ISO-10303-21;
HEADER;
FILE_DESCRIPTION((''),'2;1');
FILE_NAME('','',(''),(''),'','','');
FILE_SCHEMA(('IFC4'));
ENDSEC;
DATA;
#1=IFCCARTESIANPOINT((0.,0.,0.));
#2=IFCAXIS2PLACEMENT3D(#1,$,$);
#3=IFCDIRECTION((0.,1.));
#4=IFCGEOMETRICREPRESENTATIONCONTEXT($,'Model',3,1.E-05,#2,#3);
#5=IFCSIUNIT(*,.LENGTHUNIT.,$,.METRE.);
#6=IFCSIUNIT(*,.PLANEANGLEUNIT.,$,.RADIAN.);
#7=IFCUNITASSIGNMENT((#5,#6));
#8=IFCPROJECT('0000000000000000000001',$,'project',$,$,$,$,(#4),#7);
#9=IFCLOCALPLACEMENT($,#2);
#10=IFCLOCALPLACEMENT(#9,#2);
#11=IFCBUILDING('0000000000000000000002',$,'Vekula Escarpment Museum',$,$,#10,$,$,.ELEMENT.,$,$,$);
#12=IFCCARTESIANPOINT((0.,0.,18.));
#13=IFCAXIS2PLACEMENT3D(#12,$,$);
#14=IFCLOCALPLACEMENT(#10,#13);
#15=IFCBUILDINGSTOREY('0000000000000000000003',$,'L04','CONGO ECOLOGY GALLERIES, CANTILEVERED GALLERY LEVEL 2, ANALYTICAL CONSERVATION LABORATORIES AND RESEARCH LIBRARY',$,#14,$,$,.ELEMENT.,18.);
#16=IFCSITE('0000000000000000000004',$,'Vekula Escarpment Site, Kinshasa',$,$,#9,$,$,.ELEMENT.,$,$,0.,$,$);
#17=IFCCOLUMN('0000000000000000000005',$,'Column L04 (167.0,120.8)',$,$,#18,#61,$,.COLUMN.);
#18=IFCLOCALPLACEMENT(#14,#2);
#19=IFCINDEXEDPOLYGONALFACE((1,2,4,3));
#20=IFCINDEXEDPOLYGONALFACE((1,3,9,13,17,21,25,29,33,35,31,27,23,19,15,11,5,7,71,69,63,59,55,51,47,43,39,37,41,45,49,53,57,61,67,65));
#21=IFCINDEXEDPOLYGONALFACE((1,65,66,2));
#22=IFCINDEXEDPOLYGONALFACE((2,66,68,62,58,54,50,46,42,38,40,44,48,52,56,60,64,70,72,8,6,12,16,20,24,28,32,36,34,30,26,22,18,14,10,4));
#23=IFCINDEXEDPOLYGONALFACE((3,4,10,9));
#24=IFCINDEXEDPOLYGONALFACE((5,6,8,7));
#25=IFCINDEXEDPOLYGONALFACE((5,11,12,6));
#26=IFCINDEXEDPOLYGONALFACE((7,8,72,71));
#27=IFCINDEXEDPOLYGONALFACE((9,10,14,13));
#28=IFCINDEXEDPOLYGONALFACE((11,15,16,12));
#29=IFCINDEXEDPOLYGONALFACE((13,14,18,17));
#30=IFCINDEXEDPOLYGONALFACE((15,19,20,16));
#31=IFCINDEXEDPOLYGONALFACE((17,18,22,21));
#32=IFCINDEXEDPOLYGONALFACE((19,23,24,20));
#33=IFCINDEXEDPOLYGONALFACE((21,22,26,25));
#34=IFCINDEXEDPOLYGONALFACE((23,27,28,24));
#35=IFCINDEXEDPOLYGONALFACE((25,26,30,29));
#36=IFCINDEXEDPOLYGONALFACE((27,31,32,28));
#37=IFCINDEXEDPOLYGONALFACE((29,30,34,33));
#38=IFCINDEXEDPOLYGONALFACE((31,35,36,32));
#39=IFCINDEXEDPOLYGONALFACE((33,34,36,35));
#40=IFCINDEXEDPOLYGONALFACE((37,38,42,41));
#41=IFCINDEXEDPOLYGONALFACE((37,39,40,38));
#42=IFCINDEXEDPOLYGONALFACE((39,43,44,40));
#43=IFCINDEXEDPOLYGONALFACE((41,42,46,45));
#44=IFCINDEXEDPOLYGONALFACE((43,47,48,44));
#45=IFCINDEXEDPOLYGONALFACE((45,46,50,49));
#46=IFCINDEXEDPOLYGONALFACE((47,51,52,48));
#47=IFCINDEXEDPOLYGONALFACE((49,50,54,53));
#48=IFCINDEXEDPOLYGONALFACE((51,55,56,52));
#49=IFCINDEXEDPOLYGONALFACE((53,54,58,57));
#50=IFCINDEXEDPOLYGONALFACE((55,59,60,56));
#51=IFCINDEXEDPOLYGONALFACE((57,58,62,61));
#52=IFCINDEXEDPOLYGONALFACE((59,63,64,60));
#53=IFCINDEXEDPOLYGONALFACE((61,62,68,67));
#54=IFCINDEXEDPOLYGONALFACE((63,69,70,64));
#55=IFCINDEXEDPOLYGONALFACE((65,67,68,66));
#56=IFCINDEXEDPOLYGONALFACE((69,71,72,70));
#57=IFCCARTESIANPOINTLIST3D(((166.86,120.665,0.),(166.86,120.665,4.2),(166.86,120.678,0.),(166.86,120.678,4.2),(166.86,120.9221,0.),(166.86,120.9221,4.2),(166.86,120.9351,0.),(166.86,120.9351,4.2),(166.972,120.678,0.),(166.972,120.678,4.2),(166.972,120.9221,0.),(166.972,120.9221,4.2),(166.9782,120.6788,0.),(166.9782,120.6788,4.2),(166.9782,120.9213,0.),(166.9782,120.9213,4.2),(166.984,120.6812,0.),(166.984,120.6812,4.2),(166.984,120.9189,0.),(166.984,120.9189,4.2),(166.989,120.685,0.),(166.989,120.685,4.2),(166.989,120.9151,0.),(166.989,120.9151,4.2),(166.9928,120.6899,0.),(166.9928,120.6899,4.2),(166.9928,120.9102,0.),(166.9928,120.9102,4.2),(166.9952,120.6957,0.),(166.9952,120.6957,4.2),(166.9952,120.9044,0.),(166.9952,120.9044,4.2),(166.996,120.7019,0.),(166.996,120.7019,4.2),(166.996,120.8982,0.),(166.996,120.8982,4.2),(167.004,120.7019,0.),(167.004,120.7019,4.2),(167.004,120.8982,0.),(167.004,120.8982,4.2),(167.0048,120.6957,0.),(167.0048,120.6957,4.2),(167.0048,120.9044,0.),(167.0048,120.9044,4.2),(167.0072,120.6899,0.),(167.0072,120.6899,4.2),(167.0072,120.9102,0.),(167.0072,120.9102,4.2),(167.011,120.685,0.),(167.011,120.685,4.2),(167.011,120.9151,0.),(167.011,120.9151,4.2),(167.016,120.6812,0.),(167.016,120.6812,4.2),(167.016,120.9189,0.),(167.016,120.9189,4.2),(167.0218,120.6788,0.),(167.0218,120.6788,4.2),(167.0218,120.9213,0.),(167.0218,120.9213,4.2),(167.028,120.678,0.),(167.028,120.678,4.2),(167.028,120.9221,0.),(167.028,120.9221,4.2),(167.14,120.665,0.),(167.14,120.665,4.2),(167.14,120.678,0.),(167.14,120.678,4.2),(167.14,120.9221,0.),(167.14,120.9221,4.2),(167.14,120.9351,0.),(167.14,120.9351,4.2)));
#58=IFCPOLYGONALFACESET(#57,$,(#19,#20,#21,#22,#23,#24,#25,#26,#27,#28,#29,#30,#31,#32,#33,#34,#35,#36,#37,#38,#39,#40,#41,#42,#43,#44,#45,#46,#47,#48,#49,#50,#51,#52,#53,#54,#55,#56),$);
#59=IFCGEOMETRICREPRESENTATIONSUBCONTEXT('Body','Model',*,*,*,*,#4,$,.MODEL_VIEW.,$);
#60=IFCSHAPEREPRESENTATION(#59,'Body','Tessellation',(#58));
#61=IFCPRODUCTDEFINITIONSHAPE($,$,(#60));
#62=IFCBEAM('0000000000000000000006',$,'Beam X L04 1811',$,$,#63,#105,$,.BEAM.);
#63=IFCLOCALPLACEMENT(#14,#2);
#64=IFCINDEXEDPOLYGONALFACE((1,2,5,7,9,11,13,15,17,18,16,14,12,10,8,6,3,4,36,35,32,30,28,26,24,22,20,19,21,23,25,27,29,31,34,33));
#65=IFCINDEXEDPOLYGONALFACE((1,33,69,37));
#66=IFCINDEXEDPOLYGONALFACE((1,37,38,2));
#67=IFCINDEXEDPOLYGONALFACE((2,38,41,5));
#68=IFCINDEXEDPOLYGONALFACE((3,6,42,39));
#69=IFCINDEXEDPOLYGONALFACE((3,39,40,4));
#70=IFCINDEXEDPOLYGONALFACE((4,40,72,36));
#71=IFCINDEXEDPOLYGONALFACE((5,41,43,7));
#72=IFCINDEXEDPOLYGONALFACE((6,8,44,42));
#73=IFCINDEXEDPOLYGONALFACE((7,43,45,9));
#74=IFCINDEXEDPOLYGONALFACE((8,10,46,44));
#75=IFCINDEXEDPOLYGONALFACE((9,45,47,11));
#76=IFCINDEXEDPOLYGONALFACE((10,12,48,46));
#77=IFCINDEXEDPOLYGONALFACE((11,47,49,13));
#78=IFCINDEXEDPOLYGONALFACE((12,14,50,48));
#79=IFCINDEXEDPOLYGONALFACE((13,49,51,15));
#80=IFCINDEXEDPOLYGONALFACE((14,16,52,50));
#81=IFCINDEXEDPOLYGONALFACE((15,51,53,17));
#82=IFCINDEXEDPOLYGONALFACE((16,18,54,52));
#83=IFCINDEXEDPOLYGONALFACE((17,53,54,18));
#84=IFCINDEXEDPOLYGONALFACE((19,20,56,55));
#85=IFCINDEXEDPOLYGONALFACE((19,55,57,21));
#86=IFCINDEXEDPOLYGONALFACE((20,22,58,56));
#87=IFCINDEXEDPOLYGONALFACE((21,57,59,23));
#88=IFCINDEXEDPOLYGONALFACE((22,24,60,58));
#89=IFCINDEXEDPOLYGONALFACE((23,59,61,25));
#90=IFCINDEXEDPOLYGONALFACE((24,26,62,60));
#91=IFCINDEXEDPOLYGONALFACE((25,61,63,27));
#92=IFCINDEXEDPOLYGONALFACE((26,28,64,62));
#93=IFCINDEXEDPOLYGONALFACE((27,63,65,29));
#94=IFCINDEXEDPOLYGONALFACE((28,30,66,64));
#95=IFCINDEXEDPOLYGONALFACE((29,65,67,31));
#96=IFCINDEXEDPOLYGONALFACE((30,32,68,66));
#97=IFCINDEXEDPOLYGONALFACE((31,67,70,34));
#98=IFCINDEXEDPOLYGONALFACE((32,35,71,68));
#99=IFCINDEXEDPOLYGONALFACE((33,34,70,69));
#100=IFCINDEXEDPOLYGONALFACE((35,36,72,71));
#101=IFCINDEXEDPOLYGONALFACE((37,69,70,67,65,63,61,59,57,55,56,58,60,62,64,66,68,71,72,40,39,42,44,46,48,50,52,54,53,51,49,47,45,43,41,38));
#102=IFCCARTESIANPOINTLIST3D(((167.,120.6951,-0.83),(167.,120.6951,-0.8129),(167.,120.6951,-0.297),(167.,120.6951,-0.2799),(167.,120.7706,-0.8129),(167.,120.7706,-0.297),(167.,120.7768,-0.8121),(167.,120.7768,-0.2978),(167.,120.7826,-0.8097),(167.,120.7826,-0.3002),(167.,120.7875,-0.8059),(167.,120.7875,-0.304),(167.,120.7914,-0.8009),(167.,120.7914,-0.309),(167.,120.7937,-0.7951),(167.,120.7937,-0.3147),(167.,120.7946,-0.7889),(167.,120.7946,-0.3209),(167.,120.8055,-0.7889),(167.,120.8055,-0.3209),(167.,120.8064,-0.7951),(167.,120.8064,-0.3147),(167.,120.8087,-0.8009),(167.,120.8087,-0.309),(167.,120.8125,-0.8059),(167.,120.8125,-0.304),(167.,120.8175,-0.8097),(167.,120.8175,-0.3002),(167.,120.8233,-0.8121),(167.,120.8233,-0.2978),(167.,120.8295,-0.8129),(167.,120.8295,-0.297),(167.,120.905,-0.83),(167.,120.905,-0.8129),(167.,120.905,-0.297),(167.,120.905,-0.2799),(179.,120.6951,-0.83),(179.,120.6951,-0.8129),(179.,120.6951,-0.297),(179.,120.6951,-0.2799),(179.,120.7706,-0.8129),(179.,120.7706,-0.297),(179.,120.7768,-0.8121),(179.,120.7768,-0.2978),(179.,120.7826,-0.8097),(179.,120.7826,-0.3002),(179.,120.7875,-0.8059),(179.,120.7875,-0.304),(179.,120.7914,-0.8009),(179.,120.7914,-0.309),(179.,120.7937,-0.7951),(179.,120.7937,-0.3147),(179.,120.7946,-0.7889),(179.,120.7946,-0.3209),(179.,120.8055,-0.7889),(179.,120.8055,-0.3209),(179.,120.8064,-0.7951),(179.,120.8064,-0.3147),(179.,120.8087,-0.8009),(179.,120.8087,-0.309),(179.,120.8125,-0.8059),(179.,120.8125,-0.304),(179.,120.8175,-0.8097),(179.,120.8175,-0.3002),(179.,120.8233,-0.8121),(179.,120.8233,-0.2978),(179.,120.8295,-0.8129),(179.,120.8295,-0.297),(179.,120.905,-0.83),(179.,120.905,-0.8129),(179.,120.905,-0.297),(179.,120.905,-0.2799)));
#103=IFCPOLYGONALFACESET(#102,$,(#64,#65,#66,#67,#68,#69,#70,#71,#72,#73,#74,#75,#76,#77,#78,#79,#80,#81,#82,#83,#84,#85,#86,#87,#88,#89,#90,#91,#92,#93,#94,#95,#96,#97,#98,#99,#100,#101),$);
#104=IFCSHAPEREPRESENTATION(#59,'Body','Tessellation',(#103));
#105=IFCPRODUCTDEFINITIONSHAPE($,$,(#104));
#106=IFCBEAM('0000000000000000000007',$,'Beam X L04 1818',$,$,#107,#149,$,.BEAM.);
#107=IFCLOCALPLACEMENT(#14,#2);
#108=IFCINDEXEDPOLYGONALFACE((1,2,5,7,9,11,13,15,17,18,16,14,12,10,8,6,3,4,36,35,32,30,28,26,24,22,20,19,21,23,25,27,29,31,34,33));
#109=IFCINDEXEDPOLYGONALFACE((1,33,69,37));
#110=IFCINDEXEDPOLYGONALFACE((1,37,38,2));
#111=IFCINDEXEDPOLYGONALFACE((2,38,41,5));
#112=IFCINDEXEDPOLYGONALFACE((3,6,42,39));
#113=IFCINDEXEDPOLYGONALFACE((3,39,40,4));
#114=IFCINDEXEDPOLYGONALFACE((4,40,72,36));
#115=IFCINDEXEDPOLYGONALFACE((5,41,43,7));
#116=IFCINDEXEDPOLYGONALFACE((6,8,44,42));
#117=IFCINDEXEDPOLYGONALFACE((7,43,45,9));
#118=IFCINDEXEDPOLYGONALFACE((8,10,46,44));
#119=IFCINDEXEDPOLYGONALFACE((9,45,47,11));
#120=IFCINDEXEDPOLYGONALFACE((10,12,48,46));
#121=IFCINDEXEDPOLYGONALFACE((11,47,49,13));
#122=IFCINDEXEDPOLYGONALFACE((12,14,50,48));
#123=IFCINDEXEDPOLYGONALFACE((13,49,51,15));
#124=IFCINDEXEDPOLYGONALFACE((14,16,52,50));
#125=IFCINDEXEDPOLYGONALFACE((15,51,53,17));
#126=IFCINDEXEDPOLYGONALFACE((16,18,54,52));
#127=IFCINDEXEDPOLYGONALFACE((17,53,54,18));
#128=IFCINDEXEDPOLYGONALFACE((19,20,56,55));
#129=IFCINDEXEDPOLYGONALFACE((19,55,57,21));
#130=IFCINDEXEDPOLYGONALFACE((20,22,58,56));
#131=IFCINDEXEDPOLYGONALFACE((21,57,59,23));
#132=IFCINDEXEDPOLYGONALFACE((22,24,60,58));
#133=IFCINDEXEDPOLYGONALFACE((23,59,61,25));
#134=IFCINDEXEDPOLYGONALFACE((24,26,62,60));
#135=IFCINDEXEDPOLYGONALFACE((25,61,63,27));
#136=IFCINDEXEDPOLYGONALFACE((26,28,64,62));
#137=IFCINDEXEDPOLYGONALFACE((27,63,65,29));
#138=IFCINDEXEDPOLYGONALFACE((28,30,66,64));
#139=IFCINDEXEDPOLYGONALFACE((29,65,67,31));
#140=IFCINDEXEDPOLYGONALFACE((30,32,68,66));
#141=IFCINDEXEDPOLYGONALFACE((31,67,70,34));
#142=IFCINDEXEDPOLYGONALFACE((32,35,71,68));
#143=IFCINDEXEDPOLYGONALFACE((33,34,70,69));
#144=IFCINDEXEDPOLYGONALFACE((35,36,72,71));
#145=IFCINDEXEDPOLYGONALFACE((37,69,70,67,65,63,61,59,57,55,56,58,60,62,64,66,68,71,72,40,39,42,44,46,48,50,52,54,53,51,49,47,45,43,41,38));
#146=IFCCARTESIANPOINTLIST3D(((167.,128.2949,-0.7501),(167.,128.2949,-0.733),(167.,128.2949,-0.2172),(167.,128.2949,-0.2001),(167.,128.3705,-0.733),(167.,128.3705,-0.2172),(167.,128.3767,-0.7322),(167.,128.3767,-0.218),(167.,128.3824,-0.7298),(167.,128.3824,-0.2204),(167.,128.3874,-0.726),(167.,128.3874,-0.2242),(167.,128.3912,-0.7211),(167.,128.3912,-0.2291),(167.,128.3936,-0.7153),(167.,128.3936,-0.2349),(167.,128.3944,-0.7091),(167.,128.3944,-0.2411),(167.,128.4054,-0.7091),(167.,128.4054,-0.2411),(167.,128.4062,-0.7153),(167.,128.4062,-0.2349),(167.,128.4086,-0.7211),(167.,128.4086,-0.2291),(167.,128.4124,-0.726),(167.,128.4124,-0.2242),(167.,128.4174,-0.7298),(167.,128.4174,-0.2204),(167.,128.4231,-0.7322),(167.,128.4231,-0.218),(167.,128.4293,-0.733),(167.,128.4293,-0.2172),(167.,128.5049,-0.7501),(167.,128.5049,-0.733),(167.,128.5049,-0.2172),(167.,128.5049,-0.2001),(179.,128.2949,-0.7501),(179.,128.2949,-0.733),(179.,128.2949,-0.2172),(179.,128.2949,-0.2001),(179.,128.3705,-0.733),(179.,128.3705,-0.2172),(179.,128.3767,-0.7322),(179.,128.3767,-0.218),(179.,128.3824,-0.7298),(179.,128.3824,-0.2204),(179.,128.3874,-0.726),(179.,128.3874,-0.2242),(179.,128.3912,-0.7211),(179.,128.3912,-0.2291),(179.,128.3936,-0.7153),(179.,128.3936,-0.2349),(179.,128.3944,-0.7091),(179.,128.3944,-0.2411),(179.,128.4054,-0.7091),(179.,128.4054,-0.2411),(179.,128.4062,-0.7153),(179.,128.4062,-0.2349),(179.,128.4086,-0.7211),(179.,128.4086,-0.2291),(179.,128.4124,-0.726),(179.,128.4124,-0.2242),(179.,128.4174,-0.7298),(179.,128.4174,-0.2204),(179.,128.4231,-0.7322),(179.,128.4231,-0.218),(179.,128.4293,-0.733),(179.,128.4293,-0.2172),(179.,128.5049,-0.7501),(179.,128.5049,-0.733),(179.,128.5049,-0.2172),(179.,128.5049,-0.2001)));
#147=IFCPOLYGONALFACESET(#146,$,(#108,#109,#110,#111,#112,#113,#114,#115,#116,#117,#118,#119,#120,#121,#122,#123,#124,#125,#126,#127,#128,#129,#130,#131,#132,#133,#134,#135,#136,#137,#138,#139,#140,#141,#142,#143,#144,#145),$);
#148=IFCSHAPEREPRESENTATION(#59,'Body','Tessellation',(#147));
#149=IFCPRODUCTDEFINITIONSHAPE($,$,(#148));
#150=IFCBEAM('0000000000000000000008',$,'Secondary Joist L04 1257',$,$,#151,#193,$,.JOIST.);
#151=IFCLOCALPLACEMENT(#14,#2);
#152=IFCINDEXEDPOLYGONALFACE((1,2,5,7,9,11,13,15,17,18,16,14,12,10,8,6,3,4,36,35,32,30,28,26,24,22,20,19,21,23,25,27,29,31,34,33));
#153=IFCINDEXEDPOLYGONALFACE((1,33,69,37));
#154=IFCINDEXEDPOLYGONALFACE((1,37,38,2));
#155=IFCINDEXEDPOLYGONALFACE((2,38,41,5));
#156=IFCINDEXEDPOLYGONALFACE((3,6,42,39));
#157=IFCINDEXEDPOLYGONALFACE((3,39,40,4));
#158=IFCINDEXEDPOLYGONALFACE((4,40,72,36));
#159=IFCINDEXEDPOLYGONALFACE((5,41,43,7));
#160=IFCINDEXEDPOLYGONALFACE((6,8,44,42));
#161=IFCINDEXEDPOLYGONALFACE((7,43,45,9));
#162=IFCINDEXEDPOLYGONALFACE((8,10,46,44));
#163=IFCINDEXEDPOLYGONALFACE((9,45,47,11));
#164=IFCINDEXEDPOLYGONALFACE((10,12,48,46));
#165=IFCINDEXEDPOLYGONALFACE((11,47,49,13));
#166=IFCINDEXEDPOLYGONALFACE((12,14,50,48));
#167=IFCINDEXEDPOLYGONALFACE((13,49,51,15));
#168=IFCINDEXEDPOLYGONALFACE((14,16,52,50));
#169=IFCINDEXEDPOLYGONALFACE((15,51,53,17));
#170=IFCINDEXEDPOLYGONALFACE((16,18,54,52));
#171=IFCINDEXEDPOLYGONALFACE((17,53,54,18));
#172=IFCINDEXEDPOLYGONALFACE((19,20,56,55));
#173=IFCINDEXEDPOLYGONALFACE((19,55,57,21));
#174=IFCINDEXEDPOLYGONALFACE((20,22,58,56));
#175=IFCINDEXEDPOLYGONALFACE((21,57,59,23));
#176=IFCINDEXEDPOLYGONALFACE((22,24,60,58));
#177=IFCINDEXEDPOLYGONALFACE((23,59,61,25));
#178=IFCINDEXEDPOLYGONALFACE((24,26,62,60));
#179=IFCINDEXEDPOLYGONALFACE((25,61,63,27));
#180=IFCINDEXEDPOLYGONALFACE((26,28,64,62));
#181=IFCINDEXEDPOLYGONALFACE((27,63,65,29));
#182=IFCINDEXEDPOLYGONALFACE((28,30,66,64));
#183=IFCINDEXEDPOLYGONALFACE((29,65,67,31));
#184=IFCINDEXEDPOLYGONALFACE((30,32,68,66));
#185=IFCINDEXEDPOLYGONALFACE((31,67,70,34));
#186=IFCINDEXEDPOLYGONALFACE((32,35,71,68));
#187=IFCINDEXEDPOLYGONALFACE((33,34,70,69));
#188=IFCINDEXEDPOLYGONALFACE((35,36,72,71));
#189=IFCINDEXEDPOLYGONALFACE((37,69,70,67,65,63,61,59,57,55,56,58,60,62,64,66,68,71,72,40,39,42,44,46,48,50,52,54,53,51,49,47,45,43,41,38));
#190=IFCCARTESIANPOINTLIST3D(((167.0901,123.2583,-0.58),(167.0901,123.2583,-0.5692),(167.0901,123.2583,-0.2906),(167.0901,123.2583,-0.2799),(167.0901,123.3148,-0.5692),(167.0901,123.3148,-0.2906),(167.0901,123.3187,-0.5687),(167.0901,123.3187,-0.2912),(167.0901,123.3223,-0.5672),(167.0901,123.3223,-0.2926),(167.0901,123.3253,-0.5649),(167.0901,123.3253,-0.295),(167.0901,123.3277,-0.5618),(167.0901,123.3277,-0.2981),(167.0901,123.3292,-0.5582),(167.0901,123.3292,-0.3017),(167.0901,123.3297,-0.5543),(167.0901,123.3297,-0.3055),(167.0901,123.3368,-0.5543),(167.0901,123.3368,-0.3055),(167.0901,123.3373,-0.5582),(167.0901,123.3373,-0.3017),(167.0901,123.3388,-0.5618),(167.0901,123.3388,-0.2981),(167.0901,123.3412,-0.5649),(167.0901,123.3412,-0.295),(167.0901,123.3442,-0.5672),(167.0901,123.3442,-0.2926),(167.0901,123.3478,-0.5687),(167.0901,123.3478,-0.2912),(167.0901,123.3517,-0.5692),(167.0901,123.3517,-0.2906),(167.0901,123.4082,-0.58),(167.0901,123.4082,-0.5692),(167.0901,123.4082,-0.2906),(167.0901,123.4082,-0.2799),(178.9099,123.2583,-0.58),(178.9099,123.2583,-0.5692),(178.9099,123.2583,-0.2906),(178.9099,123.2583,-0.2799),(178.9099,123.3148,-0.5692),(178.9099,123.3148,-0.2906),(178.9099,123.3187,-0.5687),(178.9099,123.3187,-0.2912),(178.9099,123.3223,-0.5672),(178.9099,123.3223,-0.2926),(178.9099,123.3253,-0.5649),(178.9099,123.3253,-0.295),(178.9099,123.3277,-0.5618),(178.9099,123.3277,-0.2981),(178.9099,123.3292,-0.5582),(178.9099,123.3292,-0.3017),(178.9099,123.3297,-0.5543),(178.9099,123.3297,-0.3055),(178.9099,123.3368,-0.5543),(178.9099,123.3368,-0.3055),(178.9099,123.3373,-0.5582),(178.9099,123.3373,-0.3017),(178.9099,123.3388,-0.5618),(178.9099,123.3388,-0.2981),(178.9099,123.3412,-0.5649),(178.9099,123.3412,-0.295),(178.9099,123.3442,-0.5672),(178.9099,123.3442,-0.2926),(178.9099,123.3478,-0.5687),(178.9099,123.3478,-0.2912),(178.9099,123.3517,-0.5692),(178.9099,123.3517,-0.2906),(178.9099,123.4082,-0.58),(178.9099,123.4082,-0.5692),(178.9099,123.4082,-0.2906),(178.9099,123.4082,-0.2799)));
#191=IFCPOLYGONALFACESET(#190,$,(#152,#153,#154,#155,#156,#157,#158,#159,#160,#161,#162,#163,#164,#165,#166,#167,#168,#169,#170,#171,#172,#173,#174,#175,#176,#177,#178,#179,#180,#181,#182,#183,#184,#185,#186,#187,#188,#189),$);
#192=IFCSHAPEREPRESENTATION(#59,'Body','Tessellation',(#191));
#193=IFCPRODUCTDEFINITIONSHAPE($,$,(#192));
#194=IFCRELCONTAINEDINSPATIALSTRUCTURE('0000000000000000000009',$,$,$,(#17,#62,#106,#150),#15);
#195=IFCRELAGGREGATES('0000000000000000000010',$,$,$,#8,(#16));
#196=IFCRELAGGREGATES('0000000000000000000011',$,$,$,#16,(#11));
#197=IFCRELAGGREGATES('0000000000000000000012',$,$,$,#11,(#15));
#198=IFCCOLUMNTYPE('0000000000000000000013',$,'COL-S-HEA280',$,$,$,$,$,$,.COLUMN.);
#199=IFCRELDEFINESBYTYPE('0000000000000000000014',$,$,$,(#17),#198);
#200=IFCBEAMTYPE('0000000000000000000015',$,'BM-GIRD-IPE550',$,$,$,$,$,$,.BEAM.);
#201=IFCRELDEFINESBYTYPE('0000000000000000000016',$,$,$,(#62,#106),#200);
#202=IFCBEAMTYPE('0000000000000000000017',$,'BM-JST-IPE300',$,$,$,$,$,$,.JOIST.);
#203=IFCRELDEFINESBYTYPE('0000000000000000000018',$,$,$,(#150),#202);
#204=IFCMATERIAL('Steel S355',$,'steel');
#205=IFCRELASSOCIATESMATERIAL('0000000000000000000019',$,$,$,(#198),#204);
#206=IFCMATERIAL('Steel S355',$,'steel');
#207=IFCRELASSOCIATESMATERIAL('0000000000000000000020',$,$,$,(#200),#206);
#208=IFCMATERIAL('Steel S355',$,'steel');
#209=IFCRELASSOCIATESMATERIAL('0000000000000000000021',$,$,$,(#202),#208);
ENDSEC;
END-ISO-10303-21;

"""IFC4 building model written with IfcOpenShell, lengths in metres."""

from ifc_helpers import new_model, si_unit, direction, frame, origin, origin_2d, place, context, subcontext, project, spatial, i_section, extrude, material, material_profile, profile_set, type_object, element, save


model = new_model("IFC4")

# Units and contexts
model_context = context("Model", 3, precision=1e-05, world=origin(), true_north=direction((0.0, 1.0)))
body_context = subcontext(model_context, "Body", "Model", "MODEL_VIEW")
ifc_project = project(units=[si_unit("LENGTHUNIT", "METRE"), si_unit("PLANEANGLEUNIT", "RADIAN")], contexts=[model_context])

# Site, building, storey
site_placement = place(None, origin())
site = spatial("IfcSite", under=ifc_project, at=site_placement, Name="Vekula Escarpment Site, Kinshasa", CompositionType="ELEMENT", RefElevation=0.0)
building_placement = place(site_placement, origin())
building = spatial("IfcBuilding", under=site, at=building_placement, Name="Vekula Escarpment Museum", CompositionType="ELEMENT")
storey_placement = place(building_placement, frame((0.0, 0.0, 18.0)))
storey = spatial("IfcBuildingStorey", under=building, at=storey_placement, Name="L04", Description="CONGO ECOLOGY GALLERIES, CANTILEVERED GALLERY LEVEL 2, ANALYTICAL CONSERVATION LABORATORIES AND RESEARCH LIBRARY", CompositionType="ELEMENT", Elevation=18.0)

# Column
ifc_material_1 = material(Name="Steel S355", Category="steel")
ifc_material_profile_1 = material_profile(ifc_material_1, i_section(OverallWidth=0.28, OverallDepth=0.27, WebThickness=0.0081, FlangeThickness=0.0129, FilletRadius=0.0239, at=origin_2d()), Name="HEA 280")
ifc_profile_set_1 = profile_set([ifc_material_profile_1], Name="Steel S355")
column_type = type_object("IfcColumnType", Name="COL-S-HEA280", PredefinedType="COLUMN", material=ifc_profile_set_1)
column_placement = place(storey_placement, frame((167.0, 120.8, 0.0), z_axis=(0.0, 0.0, 1.0), x_axis=(1.0, 0.0, 0.0)))
element("IfcColumn", 1, at=column_placement, inside=storey, type_object=column_type, Name="Column L04 (167.0,120.8)", PredefinedType="COLUMN", context=body_context, shape_type="SweptSolid", body=[
    extrude(i_section(OverallWidth=0.28, OverallDepth=0.27, WebThickness=0.0081, FlangeThickness=0.0129, FilletRadius=0.0239, at=origin_2d()), origin(), (0.0, 0.0, 1.0), 4.2),
])

# Beams
ifc_material_2 = material(Name="Steel S355", Category="steel")
ifc_material_profile_2 = material_profile(ifc_material_2, i_section(OverallWidth=0.21, OverallDepth=0.55, WebThickness=0.011, FlangeThickness=0.0171, FilletRadius=0.0239, at=origin_2d()), Name="IPE 550")
ifc_profile_set_2 = profile_set([ifc_material_profile_2], Name="Steel S355")
beam_type_1 = type_object("IfcBeamType", Name="BM-GIRD-IPE550", PredefinedType="BEAM", material=ifc_profile_set_2)
for number, where, z_axis, x_axis, name in (
    (2, (167.0, 120.8, -0.5549), (1.0, 0.0, 0.0), (0.0, 1.0, 0.0), "Beam X L04 1811"),
    (3, (167.0, 128.3999, -0.4751), (1.0, 0.0, 0.0), (0.0, 1.0, 0.0), "Beam X L04 1818"),
):
    element("IfcBeam", number, at=place(storey_placement, frame(where, z_axis=z_axis, x_axis=x_axis)), inside=storey, type_object=beam_type_1, Name=name, PredefinedType="BEAM", context=body_context, shape_type="SweptSolid", body=[
        extrude(i_section(OverallWidth=0.21, OverallDepth=0.55, WebThickness=0.011, FlangeThickness=0.0171, FilletRadius=0.0239, at=origin_2d()), origin(), (0.0, 0.0, 1.0), 12.0),
    ])
ifc_material_3 = material(Name="Steel S355", Category="steel")
ifc_material_profile_3 = material_profile(ifc_material_3, i_section(OverallWidth=0.1499, OverallDepth=0.3, WebThickness=0.0071, FlangeThickness=0.0107, FilletRadius=0.0149, at=origin_2d()), Name="IPE 300")
ifc_profile_set_3 = profile_set([ifc_material_profile_3], Name="Steel S355")
beam_type_2 = type_object("IfcBeamType", Name="BM-JST-IPE300", PredefinedType="JOIST", material=ifc_profile_set_3)
for number, where, z_axis, x_axis, name in (
    (4, (167.0901, 123.3333, -0.4299), (1.0, 0.0, 0.0), (0.0, 1.0, 0.0), "Secondary Joist L04 1257"),
):
    element("IfcBeam", number, at=place(storey_placement, frame(where, z_axis=z_axis, x_axis=x_axis)), inside=storey, type_object=beam_type_2, Name=name, PredefinedType="JOIST", context=body_context, shape_type="SweptSolid", body=[
        extrude(i_section(OverallWidth=0.1499, OverallDepth=0.3, WebThickness=0.0071, FlangeThickness=0.0107, FilletRadius=0.0149, at=origin_2d()), origin(), (0.0, 0.0, 1.0), 11.8198),
    ])

save(model, "model.ifc")
